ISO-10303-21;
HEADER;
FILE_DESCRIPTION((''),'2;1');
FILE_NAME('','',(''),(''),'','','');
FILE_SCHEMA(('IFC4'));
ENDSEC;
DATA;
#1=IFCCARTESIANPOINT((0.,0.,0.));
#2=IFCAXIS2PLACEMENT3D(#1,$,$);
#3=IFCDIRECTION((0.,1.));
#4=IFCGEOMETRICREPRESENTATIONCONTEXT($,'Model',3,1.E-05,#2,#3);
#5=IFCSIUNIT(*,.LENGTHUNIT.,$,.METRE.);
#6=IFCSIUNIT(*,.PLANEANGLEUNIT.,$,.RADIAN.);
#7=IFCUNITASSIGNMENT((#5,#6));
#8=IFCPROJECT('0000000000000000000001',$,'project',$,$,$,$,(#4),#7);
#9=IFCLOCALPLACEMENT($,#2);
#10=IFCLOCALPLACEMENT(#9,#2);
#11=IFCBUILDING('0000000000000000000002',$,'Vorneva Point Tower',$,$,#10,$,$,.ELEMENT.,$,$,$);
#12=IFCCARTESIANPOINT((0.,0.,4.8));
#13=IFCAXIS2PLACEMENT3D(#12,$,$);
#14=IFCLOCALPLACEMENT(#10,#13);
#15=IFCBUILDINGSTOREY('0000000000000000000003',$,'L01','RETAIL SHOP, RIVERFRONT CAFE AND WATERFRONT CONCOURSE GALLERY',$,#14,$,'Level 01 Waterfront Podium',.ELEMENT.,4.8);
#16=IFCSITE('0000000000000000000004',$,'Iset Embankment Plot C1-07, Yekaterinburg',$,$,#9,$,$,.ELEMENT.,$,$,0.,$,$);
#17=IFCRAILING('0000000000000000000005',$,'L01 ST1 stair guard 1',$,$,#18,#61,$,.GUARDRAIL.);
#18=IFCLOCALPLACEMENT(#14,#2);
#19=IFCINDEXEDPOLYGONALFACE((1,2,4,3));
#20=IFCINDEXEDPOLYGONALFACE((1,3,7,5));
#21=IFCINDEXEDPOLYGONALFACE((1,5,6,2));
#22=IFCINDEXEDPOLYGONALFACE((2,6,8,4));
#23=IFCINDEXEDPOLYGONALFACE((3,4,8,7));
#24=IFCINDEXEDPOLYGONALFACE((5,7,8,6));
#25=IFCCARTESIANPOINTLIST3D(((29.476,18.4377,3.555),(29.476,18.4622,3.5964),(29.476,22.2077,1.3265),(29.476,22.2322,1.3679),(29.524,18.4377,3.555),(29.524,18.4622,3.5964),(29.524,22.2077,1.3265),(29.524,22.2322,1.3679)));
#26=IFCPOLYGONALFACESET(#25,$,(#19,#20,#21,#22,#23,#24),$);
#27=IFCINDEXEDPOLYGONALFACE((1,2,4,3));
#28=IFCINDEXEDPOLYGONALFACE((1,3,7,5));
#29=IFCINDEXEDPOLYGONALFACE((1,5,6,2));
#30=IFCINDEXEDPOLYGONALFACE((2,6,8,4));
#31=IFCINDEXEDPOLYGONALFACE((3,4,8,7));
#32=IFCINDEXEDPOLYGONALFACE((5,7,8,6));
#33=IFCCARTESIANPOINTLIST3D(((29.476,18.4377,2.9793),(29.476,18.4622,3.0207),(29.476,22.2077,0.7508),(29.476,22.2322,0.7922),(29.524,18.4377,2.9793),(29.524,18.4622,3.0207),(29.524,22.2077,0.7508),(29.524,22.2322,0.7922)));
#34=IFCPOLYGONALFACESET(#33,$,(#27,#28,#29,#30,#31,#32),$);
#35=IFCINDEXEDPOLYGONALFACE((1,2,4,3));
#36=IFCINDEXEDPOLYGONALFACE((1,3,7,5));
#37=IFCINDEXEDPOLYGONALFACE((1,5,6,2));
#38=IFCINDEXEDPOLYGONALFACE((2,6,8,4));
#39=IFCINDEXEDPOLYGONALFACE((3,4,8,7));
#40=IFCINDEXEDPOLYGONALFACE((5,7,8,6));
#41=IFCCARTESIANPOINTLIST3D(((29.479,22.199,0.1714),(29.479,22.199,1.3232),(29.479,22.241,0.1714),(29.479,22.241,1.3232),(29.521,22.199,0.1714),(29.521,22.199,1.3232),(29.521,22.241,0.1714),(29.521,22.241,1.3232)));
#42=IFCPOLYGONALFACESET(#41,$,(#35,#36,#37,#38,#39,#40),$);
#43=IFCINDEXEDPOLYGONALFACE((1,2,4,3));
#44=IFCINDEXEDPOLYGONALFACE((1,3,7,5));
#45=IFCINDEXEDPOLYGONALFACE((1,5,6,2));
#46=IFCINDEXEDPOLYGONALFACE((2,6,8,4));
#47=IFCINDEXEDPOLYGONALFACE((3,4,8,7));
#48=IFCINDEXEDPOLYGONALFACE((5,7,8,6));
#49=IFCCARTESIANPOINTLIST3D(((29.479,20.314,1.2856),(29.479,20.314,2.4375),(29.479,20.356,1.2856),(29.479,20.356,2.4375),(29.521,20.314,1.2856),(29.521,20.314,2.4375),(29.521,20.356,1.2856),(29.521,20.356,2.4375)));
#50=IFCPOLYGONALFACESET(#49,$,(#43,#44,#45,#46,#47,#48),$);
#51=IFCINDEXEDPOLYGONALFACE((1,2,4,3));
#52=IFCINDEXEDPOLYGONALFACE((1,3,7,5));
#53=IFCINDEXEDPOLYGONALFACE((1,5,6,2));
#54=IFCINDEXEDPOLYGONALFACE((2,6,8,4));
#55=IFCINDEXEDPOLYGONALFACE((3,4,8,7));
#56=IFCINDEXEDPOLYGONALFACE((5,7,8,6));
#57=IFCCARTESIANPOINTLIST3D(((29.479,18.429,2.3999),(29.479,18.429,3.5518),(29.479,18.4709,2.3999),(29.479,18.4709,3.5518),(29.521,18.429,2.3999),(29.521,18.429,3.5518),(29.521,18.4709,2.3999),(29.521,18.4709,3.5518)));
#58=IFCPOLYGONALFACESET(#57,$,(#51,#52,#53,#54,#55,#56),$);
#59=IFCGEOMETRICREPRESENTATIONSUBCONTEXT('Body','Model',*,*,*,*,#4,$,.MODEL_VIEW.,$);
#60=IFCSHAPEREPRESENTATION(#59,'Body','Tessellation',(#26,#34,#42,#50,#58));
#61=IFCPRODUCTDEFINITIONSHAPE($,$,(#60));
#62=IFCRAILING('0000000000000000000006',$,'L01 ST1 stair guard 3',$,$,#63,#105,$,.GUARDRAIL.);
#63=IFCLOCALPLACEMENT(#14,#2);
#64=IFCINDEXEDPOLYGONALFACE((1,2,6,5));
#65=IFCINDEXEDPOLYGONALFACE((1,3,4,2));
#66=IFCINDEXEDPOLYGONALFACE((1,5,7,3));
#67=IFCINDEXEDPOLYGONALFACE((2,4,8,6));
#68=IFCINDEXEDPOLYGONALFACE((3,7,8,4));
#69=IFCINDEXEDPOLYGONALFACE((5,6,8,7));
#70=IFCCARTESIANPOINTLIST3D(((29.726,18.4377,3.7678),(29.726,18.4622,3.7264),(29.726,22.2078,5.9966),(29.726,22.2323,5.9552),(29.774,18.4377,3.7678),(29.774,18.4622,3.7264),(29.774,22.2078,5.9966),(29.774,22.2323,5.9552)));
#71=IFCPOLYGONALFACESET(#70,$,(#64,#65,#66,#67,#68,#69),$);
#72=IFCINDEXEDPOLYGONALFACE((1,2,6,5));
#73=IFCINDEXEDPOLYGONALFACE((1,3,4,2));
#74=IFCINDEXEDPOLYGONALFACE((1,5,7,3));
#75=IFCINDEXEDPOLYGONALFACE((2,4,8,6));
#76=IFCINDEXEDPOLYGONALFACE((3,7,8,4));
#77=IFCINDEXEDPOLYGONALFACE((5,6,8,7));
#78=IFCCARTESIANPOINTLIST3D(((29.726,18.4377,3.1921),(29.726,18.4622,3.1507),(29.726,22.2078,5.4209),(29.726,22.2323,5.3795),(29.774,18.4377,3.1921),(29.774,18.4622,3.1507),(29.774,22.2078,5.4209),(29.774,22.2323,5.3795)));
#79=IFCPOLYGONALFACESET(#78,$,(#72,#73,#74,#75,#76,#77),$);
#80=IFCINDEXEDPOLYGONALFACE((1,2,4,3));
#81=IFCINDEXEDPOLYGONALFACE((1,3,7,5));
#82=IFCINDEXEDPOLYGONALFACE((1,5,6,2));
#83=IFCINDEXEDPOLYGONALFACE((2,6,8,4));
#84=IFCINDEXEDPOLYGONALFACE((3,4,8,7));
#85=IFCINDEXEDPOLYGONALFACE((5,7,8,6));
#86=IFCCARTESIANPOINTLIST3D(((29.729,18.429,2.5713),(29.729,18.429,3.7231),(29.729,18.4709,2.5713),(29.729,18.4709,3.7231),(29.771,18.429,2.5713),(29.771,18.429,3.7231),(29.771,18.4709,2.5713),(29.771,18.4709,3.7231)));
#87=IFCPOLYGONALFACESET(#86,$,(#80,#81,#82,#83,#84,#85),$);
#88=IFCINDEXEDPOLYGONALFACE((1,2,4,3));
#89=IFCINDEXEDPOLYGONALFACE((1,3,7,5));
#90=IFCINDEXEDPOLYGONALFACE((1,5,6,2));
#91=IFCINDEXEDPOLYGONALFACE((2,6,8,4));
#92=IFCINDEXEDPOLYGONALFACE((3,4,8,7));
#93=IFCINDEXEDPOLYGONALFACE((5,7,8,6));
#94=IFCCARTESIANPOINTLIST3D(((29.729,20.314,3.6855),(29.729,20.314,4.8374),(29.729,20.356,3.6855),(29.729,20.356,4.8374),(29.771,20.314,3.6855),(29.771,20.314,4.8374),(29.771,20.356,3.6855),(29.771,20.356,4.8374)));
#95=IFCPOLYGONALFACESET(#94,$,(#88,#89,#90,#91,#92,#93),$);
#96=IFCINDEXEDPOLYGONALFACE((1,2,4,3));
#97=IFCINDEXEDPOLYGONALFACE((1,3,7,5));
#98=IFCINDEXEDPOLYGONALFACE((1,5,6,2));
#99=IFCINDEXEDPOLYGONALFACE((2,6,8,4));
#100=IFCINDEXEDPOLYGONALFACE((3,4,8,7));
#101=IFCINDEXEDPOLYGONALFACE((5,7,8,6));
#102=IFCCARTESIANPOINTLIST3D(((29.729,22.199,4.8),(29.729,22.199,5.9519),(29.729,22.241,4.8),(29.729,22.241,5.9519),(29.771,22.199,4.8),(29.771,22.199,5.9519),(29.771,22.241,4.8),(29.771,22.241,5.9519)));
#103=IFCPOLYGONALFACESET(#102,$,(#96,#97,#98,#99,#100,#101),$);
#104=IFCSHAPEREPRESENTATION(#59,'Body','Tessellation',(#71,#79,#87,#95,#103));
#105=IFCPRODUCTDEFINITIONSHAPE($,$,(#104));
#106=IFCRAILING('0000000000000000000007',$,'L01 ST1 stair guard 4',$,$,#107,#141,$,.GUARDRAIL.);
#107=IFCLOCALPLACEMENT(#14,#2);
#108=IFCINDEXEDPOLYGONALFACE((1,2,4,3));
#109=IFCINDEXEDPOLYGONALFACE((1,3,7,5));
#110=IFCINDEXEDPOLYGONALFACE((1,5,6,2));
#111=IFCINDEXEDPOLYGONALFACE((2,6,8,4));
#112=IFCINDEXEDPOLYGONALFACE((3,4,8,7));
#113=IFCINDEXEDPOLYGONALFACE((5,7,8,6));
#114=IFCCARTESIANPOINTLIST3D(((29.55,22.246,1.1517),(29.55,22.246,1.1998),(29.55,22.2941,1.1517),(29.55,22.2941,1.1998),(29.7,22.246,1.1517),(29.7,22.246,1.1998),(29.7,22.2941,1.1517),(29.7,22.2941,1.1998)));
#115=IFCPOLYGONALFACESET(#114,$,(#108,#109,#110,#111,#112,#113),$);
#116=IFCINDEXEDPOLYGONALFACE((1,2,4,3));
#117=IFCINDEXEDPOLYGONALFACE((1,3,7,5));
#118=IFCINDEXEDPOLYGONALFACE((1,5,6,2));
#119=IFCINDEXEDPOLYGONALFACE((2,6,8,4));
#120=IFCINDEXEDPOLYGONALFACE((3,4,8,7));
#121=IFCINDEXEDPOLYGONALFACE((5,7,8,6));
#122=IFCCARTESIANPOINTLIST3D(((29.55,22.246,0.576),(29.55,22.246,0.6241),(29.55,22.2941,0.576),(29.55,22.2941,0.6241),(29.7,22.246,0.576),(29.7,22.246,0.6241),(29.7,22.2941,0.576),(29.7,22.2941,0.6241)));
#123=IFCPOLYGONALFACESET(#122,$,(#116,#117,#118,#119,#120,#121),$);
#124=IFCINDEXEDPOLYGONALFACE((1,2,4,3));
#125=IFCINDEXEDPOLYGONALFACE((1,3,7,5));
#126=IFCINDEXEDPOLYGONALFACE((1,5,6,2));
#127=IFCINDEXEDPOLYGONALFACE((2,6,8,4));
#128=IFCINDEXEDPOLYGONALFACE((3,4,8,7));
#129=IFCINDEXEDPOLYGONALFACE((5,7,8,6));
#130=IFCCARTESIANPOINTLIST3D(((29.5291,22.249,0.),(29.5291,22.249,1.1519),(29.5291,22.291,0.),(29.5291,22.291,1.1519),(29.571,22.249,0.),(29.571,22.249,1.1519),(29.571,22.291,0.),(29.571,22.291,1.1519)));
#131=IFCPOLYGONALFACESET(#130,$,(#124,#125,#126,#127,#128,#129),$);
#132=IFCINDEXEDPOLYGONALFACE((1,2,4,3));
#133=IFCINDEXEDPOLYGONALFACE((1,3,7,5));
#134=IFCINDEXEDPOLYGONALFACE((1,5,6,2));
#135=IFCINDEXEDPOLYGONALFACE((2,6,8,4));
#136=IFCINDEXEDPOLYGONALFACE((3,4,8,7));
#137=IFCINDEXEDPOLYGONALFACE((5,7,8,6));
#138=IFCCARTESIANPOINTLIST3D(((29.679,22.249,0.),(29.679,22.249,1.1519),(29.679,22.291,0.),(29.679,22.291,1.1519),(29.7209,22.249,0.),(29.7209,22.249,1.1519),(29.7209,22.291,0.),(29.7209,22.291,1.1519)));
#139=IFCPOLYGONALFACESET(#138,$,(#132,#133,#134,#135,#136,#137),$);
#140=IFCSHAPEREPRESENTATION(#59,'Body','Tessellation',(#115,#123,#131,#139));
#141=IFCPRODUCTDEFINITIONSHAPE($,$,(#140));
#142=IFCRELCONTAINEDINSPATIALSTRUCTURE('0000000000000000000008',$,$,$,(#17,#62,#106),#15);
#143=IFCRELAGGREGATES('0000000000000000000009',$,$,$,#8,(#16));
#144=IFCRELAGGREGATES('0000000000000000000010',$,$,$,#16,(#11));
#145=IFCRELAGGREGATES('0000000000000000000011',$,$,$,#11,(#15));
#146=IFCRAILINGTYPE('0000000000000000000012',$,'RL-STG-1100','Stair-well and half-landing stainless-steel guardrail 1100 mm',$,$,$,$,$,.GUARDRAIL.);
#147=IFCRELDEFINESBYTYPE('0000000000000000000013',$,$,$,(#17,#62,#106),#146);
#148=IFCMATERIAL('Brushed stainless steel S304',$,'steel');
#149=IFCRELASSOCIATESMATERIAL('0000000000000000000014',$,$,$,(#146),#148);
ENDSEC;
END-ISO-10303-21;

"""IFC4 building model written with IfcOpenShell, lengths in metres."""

from ifc_helpers import new_model, si_unit, direction, frame, origin, origin_2d, place, context, subcontext, project, spatial, rectangle, extrude, material, type_object, element, save


model = new_model("IFC4")

# Units and contexts
model_context = context("Model", 3, precision=1e-05, world=origin(), true_north=direction((0.0, 1.0)))
body_context = subcontext(model_context, "Body", "Model", "MODEL_VIEW")
ifc_project = project(units=[si_unit("LENGTHUNIT", "METRE"), si_unit("PLANEANGLEUNIT", "RADIAN")], contexts=[model_context])

# Site, building, storey
site_placement = place(None, origin())
site = spatial("IfcSite", under=ifc_project, at=site_placement, Name="Iset Embankment Plot C1-07, Yekaterinburg", CompositionType="ELEMENT", RefElevation=0.0)
building_placement = place(site_placement, origin())
building = spatial("IfcBuilding", under=site, at=building_placement, Name="Vorneva Point Tower", CompositionType="ELEMENT")
storey_placement = place(building_placement, frame((0.0, 0.0, 4.8)))
storey = spatial("IfcBuildingStorey", under=building, at=storey_placement, Name="L01", Description="RETAIL SHOP, RIVERFRONT CAFE AND WATERFRONT CONCOURSE GALLERY", LongName="Level 01 Waterfront Podium", CompositionType="ELEMENT", Elevation=4.8)

# Railings
ifc_material_1 = material(Name="Brushed stainless steel S304", Category="steel")
railing_type_1 = type_object("IfcRailingType", Name="RL-STG-1100", Description="Stair-well and half-landing stainless-steel guardrail 1100 mm", PredefinedType="GUARDRAIL", material=ifc_material_1)
railing_1_placement = place(storey_placement, frame((29.5, 22.22, 0.1714)))
element("IfcRailing", 1, at=railing_1_placement, inside=storey, type_object=railing_type_1, Name="L01 ST1 stair guard 1", PredefinedType="GUARDRAIL", context=body_context, shape_type="SweptSolid", body=[
    extrude(rectangle(XDim=0.0481, YDim=0.0481, at=origin_2d()), frame((0.0, 0.0, 1.1758), z_axis=(0.0, -0.860849, 0.508861), x_axis=(1.0, 0.0, 0.0)), (0.0, 0.0, 1.0), 4.3794),
    extrude(rectangle(XDim=0.0481, YDim=0.0481, at=origin_2d()), frame((0.0, 0.0, 0.6001), z_axis=(0.0, -0.860849, 0.508861), x_axis=(1.0, 0.0, 0.0)), (0.0, 0.0, 1.0), 4.3794),
    extrude(rectangle(XDim=0.042, YDim=0.042, at=origin_2d()), origin(), (0.0, 0.0, 1.0), 1.1519),
    extrude(rectangle(XDim=0.042, YDim=0.042, at=origin_2d()), frame((0.0, -1.885, 1.1143)), (0.0, 0.0, 1.0), 1.1519),
    extrude(rectangle(XDim=0.042, YDim=0.042, at=origin_2d()), frame((0.0, -3.77, 2.2285)), (0.0, 0.0, 1.0), 1.1519),
])
railing_2_placement = place(storey_placement, frame((29.75, 18.45, 2.5713)))
element("IfcRailing", 2, at=railing_2_placement, inside=storey, type_object=railing_type_1, Name="L01 ST1 stair guard 3", PredefinedType="GUARDRAIL", context=body_context, shape_type="SweptSolid", body=[
    extrude(rectangle(XDim=0.0481, YDim=0.0481, at=origin_2d()), frame((0.0, 0.0, 1.1758), z_axis=(0.0, 0.860824, 0.508902), x_axis=(-1.0, 0.0, 0.0)), (0.0, 0.0, 1.0), 4.3796),
    extrude(rectangle(XDim=0.0481, YDim=0.0481, at=origin_2d()), frame((0.0, 0.0, 0.6001), z_axis=(0.0, 0.860824, 0.508902), x_axis=(-1.0, 0.0, 0.0)), (0.0, 0.0, 1.0), 4.3796),
    extrude(rectangle(XDim=0.042, YDim=0.042, at=origin_2d()), origin(), (0.0, 0.0, 1.0), 1.1519),
    extrude(rectangle(XDim=0.042, YDim=0.042, at=origin_2d()), frame((0.0, 1.885, 1.1143)), (0.0, 0.0, 1.0), 1.1519),
    extrude(rectangle(XDim=0.042, YDim=0.042, at=origin_2d()), frame((0.0, 3.77, 2.2288)), (0.0, 0.0, 1.0), 1.1519),
])
railing_3_placement = place(storey_placement, frame((29.55, 22.27, 0.0)))
element("IfcRailing", 3, at=railing_3_placement, inside=storey, type_object=railing_type_1, Name="L01 ST1 stair guard 4", PredefinedType="GUARDRAIL", context=body_context, shape_type="SweptSolid", body=[
    extrude(rectangle(XDim=0.0481, YDim=0.0481, at=origin_2d()), frame((0.0, 0.0, 1.1758), z_axis=(1.0, 0.0, 0.0), x_axis=(0.0, 1.0, 0.0)), (0.0, 0.0, 1.0), 0.1499),
    extrude(rectangle(XDim=0.0481, YDim=0.0481, at=origin_2d()), frame((0.0, 0.0, 0.6001), z_axis=(1.0, 0.0, 0.0), x_axis=(0.0, 1.0, 0.0)), (0.0, 0.0, 1.0), 0.1499),
    extrude(rectangle(XDim=0.042, YDim=0.042, at=origin_2d()), origin(), (0.0, 0.0, 1.0), 1.1519),
    extrude(rectangle(XDim=0.042, YDim=0.042, at=origin_2d()), frame((0.1499, 0.0, 0.0)), (0.0, 0.0, 1.0), 1.1519),
])

save(model, "model.ifc")
